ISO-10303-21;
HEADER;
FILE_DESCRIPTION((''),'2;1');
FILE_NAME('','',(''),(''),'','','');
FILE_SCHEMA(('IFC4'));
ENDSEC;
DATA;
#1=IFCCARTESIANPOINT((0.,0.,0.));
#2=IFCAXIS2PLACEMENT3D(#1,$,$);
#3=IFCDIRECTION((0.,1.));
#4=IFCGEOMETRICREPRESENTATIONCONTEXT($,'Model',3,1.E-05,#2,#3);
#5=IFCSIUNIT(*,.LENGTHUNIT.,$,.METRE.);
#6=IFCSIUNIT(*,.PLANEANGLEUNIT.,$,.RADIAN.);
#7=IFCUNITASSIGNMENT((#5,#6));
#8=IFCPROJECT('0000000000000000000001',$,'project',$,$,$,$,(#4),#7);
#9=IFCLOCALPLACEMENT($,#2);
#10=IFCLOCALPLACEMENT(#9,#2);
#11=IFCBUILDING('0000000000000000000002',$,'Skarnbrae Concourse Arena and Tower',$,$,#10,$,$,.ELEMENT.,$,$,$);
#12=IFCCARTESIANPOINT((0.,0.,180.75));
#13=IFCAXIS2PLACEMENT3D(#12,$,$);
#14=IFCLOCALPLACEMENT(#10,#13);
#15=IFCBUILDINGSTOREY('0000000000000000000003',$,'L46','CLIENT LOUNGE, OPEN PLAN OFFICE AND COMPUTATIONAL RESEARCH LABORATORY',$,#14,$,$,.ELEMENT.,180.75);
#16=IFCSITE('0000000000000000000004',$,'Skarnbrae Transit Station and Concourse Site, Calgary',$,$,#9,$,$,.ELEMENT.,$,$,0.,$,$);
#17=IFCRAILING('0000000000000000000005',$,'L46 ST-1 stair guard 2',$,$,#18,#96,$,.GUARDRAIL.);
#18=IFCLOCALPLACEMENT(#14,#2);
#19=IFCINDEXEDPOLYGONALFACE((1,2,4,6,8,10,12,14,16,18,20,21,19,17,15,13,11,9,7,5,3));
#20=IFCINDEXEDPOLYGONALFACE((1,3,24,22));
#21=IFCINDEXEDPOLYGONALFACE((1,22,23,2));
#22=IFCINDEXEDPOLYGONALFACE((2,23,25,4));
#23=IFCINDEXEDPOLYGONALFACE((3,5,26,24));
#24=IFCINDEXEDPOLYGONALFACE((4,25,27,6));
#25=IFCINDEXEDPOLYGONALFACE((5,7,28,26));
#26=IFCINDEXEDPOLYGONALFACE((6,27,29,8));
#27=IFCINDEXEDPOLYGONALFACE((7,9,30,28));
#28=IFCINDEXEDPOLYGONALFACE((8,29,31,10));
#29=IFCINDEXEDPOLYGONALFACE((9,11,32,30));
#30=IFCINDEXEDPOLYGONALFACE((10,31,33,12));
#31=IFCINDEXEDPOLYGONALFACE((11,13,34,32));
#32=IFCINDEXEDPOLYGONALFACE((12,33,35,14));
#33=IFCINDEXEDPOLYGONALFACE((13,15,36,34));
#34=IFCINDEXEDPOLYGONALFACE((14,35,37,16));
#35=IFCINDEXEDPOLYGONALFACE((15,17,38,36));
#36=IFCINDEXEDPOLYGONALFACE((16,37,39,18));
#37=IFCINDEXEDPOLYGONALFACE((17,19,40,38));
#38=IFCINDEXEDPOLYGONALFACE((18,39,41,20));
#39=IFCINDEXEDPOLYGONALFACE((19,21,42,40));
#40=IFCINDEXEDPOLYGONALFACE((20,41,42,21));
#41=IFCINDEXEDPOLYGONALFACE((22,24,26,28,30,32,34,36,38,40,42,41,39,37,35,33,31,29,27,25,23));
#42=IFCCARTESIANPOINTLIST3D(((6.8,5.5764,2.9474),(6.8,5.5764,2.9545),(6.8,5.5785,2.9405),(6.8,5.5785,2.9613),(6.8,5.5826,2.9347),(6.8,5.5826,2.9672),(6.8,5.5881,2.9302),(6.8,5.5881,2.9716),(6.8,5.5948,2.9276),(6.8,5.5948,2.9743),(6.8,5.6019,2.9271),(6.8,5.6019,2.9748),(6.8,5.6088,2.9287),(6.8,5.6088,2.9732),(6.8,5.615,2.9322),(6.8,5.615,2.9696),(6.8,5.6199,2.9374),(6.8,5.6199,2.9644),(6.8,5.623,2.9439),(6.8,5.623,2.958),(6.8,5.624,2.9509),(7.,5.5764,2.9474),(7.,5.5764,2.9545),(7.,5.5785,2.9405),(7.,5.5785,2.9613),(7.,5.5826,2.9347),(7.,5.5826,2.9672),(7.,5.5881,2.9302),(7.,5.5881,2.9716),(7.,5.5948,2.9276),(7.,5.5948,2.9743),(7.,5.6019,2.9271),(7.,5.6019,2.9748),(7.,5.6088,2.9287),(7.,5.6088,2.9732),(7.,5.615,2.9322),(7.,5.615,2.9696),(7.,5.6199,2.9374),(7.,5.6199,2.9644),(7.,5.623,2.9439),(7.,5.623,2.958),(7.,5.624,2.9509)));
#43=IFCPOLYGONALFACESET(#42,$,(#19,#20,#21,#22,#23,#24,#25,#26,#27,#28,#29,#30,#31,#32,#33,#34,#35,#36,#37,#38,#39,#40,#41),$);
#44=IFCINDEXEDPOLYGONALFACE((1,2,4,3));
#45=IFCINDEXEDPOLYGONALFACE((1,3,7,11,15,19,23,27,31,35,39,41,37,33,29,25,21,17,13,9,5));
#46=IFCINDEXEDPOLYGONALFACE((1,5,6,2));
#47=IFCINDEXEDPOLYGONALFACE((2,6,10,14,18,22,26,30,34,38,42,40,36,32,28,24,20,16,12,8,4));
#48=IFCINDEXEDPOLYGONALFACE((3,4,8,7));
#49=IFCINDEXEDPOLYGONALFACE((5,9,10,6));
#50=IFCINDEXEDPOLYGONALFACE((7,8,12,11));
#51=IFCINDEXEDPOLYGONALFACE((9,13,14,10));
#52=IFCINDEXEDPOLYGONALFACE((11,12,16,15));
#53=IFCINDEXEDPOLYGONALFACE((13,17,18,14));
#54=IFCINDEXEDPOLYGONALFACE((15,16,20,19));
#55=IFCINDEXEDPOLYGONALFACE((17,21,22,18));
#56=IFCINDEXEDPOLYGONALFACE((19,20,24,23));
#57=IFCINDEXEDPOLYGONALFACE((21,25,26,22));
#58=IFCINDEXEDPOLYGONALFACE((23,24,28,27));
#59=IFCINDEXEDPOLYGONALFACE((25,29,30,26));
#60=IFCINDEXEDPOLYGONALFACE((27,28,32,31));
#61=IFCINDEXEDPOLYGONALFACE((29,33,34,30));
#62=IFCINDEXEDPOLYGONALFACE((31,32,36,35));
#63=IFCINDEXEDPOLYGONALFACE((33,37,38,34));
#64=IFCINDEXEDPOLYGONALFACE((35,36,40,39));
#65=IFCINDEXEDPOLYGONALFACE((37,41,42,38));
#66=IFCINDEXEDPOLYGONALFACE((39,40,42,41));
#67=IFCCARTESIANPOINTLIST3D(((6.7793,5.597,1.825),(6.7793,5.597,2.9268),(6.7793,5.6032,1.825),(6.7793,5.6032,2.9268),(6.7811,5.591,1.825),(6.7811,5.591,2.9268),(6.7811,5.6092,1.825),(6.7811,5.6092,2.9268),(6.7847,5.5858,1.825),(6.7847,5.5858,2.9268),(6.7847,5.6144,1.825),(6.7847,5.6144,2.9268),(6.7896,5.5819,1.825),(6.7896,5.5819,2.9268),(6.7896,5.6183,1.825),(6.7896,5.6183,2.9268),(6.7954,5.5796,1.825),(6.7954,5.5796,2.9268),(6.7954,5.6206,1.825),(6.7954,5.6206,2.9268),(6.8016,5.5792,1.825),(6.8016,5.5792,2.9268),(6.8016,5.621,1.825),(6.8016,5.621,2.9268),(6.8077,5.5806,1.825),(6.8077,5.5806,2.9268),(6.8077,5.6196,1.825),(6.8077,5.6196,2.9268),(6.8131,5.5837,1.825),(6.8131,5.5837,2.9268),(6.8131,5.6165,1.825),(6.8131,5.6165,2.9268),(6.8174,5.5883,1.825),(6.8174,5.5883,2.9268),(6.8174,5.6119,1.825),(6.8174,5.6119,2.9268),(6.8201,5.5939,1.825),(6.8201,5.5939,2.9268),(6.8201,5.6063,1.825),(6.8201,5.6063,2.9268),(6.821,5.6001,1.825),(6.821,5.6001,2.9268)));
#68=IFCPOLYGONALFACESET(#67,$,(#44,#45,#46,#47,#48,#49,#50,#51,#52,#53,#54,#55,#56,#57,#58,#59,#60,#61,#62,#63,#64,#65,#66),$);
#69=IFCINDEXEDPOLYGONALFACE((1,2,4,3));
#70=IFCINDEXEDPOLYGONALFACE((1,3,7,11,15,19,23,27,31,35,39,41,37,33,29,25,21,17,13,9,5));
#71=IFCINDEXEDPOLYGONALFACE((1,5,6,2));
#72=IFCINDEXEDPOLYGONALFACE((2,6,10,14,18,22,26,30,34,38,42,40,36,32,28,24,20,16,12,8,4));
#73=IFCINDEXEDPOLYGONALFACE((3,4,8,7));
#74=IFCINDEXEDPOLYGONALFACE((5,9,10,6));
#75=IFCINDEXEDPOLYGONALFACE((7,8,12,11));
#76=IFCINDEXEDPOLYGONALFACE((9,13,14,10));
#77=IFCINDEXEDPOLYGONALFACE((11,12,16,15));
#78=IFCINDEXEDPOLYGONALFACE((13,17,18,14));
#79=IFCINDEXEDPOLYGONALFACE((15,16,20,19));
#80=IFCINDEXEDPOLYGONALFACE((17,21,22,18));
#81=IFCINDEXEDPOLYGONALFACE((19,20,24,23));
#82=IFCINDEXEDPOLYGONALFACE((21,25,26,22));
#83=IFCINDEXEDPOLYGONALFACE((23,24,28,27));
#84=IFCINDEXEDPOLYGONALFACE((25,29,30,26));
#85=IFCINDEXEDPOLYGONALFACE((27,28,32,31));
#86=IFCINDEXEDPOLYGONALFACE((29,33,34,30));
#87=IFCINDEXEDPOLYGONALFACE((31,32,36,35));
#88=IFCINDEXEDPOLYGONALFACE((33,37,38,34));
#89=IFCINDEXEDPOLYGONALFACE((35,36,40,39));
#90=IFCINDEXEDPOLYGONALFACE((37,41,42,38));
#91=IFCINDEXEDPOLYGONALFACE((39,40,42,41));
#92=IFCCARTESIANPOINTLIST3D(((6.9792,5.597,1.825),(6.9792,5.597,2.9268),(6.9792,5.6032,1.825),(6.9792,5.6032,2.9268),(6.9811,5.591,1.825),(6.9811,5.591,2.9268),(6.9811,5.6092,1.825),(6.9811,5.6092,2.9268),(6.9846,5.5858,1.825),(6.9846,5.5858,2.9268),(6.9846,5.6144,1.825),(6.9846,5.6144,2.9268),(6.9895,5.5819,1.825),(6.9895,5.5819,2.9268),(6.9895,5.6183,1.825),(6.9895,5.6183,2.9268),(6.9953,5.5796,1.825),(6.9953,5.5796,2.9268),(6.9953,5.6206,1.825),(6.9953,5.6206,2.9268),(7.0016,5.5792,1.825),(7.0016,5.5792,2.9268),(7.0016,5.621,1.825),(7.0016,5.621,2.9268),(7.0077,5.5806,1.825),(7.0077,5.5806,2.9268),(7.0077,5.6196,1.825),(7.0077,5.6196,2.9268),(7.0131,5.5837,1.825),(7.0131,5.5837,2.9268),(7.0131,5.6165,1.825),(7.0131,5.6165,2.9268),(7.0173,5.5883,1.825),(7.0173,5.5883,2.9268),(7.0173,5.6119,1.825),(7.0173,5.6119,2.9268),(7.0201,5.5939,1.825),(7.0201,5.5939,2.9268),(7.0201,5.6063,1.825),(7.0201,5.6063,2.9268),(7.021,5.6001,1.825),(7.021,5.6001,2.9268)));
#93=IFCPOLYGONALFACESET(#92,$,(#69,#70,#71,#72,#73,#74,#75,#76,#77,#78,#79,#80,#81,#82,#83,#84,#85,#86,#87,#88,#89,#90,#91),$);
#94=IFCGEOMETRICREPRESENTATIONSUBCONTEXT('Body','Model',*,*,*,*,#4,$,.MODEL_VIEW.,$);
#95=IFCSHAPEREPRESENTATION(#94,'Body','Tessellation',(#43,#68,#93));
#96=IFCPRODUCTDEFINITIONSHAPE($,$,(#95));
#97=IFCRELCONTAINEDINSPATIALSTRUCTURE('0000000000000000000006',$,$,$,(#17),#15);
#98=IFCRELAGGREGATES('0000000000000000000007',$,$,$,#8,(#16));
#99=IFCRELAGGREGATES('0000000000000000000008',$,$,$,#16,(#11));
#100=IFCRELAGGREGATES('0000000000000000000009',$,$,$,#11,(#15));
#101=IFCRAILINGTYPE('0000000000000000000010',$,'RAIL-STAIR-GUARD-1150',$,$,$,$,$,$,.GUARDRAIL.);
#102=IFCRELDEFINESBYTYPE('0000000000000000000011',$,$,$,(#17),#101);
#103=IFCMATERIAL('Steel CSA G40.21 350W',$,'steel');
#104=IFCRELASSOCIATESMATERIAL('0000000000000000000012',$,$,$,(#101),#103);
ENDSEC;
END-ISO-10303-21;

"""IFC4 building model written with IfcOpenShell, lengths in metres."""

from ifc_helpers import new_model, si_unit, direction, frame, origin, origin_2d, place, context, subcontext, project, spatial, circle, extrude, material, type_object, element, save


model = new_model("IFC4")

# Units and contexts
model_context = context("Model", 3, precision=1e-05, world=origin(), true_north=direction((0.0, 1.0)))
body_context = subcontext(model_context, "Body", "Model", "MODEL_VIEW")
ifc_project = project(units=[si_unit("LENGTHUNIT", "METRE"), si_unit("PLANEANGLEUNIT", "RADIAN")], contexts=[model_context])

# Site, building, storey
site_placement = place(None, origin())
site = spatial("IfcSite", under=ifc_project, at=site_placement, Name="Skarnbrae Transit Station and Concourse Site, Calgary", CompositionType="ELEMENT", RefElevation=0.0)
building_placement = place(site_placement, origin())
building = spatial("IfcBuilding", under=site, at=building_placement, Name="Skarnbrae Concourse Arena and Tower", CompositionType="ELEMENT")
storey_placement = place(building_placement, frame((0.0, 0.0, 180.75)))
storey = spatial("IfcBuildingStorey", under=building, at=storey_placement, Name="L46", Description="CLIENT LOUNGE, OPEN PLAN OFFICE AND COMPUTATIONAL RESEARCH LABORATORY", CompositionType="ELEMENT", Elevation=180.75)

# Shared definitions
ifc_material_1 = material(Name="Steel CSA G40.21 350W", Category="steel")

# Railing
railing_type_1 = type_object("IfcRailingType", Name="RAIL-STAIR-GUARD-1150", PredefinedType="GUARDRAIL", material=ifc_material_1)
railing_1_placement = place(storey_placement, frame((6.8, 5.6001, 1.825)))
element("IfcRailing", 1, at=railing_1_placement, inside=storey, type_object=railing_type_1, Name="L46 ST-1 stair guard 2", PredefinedType="GUARDRAIL", context=body_context, shape_type="SweptSolid", body=[
    extrude(circle(Radius=0.0239, at=origin_2d()), frame((0.0, 0.0, 1.126), z_axis=(1.0, 0.0, 0.0), x_axis=(0.0, 1.0, 0.0)), (0.0, 0.0, 1.0), 0.2),
    extrude(circle(Radius=0.021, at=origin_2d()), origin(), (0.0, 0.0, 1.0), 1.1018),
    extrude(circle(Radius=0.021, at=origin_2d()), frame((0.2, 0.0, 0.0)), (0.0, 0.0, 1.0), 1.1018),
])

save(model, "model.ifc")
